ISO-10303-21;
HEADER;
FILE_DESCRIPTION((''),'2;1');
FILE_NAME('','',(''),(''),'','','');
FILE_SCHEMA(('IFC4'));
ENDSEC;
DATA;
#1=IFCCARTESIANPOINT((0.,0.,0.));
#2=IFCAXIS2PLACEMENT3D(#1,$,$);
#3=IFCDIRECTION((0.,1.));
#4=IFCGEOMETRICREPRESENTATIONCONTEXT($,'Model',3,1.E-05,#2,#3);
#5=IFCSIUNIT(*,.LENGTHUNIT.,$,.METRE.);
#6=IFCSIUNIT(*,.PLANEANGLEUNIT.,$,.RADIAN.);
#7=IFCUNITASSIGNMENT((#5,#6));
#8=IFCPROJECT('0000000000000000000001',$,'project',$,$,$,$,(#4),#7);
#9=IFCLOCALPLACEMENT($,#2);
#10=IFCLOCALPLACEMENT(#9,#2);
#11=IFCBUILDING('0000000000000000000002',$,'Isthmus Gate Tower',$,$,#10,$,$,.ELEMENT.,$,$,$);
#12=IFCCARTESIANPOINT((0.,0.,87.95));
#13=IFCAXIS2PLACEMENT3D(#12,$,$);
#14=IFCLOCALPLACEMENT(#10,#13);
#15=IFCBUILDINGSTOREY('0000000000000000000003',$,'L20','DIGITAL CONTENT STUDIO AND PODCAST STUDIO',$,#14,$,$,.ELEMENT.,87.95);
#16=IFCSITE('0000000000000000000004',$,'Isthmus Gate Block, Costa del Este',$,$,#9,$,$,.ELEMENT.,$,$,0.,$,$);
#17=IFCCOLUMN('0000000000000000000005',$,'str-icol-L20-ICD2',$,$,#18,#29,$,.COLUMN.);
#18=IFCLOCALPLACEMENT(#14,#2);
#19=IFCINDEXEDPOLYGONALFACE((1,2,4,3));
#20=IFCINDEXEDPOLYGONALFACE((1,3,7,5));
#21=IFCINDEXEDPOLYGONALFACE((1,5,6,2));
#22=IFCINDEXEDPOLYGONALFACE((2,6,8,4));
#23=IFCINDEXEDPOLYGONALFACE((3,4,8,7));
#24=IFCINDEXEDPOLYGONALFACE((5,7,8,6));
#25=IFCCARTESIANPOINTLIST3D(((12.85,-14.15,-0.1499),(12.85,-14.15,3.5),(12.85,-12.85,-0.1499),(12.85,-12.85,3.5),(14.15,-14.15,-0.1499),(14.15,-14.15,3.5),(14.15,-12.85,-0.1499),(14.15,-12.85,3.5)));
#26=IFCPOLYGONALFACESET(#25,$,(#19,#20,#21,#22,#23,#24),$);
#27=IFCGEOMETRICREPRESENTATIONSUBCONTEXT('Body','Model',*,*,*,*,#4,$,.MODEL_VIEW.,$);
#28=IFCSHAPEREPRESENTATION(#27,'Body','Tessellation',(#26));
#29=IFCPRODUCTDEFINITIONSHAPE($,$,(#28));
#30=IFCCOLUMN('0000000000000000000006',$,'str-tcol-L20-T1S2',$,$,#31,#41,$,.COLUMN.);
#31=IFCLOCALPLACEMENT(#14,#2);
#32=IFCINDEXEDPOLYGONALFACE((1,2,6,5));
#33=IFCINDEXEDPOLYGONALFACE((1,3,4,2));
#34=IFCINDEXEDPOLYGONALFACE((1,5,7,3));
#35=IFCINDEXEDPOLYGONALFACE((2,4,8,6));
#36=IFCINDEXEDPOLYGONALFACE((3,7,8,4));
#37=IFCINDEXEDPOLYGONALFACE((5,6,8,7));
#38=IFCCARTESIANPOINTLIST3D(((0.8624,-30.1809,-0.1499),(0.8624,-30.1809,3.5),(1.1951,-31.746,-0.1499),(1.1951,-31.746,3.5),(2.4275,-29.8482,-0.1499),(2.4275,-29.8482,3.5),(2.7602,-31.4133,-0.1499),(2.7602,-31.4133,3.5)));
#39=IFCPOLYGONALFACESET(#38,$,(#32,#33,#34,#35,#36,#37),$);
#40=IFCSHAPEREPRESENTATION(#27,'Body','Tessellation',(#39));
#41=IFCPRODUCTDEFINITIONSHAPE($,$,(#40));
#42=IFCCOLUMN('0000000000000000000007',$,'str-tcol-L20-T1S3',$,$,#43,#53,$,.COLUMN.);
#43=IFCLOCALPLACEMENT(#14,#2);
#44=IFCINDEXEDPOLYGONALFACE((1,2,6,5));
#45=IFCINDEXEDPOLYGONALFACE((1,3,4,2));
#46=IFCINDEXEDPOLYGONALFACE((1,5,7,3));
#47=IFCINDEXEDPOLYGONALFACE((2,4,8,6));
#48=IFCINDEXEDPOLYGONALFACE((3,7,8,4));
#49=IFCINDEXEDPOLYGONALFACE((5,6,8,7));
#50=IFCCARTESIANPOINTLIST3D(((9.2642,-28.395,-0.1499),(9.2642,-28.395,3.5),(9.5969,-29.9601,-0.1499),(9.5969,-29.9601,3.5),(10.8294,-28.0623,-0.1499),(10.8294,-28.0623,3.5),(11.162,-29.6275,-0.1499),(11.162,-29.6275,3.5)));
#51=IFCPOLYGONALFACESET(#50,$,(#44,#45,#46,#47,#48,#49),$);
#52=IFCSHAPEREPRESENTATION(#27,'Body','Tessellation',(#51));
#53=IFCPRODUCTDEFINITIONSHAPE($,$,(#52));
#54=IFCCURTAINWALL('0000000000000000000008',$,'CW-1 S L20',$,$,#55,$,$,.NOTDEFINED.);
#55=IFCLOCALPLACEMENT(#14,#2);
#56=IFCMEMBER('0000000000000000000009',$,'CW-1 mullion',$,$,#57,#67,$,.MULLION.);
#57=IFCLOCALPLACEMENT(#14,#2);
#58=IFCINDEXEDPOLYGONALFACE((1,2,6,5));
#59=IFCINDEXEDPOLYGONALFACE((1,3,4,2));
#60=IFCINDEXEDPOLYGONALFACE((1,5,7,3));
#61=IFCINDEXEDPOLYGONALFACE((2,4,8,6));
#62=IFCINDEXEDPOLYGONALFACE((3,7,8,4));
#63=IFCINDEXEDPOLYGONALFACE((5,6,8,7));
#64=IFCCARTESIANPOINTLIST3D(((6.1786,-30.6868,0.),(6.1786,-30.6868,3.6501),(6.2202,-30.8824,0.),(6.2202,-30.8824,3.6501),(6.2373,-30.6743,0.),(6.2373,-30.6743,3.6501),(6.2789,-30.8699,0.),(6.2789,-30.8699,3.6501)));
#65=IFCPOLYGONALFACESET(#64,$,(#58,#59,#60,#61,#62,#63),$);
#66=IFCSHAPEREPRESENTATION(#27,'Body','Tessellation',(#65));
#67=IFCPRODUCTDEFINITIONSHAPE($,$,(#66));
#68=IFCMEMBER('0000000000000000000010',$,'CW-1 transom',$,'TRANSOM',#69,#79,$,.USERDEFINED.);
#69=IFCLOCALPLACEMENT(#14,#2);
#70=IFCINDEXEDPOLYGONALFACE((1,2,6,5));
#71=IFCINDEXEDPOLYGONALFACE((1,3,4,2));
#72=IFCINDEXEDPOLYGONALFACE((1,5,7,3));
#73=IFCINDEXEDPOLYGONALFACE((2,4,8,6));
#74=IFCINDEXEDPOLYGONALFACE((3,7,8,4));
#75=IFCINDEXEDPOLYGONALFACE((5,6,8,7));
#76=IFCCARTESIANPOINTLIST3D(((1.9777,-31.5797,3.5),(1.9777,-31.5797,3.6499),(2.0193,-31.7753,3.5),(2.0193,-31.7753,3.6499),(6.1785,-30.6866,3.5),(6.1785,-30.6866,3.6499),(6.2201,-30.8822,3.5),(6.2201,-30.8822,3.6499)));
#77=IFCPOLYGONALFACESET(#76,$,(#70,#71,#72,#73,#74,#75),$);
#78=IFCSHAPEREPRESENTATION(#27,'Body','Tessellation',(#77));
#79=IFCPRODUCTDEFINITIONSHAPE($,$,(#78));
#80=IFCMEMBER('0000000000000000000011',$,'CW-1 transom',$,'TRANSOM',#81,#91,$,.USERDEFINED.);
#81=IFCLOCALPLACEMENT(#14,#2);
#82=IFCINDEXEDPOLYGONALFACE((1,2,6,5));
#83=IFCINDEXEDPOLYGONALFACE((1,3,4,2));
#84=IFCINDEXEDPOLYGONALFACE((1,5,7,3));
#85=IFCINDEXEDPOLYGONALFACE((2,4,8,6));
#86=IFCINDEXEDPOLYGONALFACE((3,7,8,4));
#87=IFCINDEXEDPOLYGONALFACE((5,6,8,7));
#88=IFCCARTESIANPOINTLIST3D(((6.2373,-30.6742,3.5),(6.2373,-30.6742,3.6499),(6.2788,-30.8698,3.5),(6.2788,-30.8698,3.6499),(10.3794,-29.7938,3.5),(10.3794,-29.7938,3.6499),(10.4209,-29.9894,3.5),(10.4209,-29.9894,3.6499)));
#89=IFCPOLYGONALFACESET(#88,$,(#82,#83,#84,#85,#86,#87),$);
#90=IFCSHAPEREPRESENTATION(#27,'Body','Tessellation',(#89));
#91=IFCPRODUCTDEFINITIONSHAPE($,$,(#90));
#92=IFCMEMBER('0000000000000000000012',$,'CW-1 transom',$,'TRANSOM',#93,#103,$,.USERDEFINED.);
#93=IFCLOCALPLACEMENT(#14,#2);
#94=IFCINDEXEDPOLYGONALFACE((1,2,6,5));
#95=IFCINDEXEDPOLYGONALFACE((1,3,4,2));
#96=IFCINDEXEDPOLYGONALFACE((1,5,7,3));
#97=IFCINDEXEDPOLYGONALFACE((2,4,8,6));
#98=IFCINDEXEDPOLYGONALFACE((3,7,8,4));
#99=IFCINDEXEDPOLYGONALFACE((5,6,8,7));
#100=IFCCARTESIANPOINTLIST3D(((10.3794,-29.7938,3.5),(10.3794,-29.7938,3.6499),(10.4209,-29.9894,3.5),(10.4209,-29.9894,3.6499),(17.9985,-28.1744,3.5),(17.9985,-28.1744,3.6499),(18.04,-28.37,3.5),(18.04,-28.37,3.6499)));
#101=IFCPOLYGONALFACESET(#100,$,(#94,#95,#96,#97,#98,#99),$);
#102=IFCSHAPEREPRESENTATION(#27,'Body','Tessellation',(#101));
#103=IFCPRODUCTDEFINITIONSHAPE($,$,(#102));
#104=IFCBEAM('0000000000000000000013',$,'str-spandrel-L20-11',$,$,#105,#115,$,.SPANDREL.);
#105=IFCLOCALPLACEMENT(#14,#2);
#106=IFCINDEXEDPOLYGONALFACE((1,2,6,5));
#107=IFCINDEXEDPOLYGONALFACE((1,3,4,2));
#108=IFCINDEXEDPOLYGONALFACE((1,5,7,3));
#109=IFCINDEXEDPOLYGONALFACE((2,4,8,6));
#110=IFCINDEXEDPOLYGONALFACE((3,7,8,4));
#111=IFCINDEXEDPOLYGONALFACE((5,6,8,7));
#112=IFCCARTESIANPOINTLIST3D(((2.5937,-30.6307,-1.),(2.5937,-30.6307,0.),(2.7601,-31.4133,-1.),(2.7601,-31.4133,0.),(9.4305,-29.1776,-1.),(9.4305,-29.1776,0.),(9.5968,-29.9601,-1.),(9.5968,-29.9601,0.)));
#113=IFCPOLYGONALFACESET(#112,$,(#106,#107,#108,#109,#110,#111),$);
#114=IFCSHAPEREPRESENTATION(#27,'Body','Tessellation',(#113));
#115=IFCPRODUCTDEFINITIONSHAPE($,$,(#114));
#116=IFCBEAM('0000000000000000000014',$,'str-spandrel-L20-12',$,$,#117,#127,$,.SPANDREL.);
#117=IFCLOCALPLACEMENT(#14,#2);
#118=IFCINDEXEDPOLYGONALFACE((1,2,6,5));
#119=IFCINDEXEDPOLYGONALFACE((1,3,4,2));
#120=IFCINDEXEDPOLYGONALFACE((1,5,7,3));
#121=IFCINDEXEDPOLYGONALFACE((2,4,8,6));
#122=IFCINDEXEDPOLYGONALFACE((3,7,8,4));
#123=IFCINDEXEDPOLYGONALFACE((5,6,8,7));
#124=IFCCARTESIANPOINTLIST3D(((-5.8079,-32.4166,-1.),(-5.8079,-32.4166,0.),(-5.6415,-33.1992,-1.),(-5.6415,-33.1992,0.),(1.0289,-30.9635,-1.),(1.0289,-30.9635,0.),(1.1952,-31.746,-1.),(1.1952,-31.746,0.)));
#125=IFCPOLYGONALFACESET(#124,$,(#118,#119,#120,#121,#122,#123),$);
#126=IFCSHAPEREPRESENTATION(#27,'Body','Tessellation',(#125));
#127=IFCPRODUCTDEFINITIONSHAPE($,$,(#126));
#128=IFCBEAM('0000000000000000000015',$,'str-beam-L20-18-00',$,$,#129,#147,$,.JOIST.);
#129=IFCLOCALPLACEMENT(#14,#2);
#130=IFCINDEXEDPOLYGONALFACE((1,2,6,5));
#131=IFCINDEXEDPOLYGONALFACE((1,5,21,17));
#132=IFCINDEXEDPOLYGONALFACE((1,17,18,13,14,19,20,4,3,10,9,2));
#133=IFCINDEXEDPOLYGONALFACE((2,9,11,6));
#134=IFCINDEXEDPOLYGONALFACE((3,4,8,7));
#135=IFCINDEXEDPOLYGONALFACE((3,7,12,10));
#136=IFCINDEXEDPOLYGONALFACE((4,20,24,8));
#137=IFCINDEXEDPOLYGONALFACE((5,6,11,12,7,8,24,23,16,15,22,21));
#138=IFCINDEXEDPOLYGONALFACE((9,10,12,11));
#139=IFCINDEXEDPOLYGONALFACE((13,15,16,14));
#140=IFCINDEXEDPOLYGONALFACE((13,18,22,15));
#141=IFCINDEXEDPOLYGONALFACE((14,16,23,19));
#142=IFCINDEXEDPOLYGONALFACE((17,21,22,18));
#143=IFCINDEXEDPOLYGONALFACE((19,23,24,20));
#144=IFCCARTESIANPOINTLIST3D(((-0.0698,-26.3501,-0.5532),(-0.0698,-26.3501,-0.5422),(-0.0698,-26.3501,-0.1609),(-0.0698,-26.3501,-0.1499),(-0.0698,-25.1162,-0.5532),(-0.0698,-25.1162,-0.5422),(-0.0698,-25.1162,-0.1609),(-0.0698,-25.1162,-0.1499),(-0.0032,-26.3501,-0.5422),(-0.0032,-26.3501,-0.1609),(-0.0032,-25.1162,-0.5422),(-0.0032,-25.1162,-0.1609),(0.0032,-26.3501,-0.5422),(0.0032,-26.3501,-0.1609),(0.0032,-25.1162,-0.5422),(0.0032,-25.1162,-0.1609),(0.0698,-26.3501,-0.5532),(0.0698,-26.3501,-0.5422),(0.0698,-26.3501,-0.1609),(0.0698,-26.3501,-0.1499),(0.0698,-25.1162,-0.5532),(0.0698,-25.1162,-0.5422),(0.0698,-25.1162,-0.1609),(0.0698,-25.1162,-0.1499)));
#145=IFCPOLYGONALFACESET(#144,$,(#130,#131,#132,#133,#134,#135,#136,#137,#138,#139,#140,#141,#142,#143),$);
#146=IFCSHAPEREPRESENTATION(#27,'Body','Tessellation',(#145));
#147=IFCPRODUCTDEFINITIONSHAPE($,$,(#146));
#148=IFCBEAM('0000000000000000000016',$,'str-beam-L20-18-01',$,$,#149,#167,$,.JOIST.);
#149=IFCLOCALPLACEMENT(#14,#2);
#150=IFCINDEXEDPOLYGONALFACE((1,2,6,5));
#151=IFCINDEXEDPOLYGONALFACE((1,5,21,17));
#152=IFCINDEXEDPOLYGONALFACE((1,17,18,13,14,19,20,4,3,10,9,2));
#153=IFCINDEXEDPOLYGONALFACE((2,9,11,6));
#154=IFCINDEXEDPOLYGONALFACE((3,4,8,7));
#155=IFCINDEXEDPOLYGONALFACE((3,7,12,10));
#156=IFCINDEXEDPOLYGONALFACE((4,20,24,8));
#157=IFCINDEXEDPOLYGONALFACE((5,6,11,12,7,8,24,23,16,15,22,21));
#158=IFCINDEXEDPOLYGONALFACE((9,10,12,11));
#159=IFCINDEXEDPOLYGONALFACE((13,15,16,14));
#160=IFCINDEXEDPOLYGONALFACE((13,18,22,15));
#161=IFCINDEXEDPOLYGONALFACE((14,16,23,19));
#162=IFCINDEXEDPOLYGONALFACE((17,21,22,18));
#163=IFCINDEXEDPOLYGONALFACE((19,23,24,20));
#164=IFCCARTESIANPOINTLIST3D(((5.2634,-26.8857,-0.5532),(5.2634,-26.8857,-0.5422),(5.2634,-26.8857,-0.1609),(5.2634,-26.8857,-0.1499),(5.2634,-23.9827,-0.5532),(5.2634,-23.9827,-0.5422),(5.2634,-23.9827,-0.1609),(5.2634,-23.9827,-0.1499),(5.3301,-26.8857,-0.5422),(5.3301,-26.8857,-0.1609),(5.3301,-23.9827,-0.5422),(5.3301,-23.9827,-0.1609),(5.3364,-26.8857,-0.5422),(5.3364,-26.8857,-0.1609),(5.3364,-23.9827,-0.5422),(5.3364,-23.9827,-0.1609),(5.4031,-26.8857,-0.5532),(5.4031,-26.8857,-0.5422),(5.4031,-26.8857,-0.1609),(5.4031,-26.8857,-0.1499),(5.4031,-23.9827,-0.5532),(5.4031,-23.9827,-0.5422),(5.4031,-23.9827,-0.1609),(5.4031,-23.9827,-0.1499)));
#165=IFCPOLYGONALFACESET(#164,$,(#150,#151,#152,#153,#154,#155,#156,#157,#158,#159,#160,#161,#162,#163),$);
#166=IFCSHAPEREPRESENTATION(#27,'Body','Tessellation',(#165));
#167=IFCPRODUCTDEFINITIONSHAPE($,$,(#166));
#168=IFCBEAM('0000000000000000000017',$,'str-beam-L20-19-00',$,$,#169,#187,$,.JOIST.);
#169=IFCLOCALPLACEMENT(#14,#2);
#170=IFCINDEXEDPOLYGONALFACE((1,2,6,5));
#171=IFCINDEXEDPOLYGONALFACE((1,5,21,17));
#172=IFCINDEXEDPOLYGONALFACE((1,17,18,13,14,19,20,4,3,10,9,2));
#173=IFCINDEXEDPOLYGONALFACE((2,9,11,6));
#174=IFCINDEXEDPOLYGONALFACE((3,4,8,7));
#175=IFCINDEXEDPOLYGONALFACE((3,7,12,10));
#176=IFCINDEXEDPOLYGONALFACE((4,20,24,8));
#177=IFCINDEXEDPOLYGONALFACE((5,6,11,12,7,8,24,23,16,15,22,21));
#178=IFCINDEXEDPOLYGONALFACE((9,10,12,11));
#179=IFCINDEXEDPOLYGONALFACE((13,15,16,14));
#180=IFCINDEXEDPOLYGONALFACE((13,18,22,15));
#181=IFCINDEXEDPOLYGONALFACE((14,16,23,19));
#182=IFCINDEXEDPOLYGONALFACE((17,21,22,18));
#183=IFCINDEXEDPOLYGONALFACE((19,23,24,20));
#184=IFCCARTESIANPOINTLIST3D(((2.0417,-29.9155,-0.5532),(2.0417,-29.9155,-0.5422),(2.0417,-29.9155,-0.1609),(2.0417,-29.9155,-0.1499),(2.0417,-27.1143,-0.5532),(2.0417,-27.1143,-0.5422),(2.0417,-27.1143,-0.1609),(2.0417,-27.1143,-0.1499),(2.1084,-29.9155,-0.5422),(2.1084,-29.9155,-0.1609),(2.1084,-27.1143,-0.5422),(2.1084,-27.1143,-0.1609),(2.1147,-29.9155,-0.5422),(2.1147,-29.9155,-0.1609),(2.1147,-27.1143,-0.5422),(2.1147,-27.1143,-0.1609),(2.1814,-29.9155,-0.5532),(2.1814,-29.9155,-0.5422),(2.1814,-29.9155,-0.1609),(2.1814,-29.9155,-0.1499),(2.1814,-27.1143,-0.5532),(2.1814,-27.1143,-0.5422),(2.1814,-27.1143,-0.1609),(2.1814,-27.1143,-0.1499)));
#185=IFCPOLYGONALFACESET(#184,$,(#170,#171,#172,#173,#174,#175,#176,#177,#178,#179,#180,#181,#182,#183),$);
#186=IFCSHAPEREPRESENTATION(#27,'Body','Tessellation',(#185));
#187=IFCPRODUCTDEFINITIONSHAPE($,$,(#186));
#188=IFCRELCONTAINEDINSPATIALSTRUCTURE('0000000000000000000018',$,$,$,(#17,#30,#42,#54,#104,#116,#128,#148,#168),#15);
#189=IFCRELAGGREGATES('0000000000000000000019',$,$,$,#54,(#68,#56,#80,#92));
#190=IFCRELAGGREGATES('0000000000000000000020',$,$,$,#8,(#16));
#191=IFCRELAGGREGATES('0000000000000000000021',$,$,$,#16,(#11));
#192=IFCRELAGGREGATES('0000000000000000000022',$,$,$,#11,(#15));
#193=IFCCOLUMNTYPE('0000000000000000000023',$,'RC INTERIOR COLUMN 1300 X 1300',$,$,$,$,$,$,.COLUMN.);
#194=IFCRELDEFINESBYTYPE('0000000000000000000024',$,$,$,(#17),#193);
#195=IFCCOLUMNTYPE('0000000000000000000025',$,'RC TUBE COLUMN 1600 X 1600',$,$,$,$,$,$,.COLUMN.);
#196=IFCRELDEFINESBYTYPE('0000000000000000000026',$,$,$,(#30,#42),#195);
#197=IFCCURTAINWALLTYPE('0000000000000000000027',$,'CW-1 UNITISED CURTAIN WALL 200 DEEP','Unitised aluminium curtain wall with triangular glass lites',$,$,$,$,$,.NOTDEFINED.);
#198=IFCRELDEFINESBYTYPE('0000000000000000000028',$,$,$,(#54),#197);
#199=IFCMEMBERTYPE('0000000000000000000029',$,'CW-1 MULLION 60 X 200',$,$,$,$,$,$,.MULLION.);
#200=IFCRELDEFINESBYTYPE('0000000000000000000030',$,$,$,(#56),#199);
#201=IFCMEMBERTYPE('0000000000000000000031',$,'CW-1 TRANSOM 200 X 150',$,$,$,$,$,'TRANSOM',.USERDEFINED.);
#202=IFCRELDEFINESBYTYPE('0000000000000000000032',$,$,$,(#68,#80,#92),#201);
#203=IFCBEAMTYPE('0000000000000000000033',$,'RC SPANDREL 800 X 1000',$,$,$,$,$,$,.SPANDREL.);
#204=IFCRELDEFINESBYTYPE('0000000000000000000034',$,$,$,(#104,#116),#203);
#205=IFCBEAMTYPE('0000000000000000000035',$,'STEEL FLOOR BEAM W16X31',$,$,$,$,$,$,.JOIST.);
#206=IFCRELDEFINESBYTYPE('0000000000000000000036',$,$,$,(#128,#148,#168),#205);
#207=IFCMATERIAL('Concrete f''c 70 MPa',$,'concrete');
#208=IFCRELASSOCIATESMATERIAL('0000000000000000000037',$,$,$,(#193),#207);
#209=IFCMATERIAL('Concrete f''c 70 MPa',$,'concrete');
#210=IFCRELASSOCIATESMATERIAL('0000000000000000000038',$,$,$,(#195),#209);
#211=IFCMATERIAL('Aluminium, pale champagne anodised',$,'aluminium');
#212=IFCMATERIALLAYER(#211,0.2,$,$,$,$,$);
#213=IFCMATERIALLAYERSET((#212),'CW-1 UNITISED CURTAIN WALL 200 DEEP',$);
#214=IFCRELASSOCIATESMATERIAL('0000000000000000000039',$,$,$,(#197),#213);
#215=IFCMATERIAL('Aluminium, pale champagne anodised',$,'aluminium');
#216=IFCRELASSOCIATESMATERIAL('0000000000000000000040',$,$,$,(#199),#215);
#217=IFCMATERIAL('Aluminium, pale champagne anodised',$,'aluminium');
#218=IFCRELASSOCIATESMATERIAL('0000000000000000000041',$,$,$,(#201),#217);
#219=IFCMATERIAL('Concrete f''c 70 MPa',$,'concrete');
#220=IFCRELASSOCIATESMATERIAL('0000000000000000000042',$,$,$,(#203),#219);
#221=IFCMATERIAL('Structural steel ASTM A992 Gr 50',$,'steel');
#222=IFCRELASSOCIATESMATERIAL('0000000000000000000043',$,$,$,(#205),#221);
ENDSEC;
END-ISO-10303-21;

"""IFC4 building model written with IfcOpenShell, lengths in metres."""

from ifc_helpers import new_model, si_unit, direction, frame, origin, origin_2d, place, context, subcontext, project, spatial, rectangle, i_section, extrude, material, layer, layer_set, material_profile, profile_set, type_object, element, aggregate, save


model = new_model("IFC4")

# Units and contexts
model_context = context("Model", 3, precision=1e-05, world=origin(), true_north=direction((0.0, 1.0)))
body_context = subcontext(model_context, "Body", "Model", "MODEL_VIEW")
ifc_project = project(units=[si_unit("LENGTHUNIT", "METRE"), si_unit("PLANEANGLEUNIT", "RADIAN")], contexts=[model_context])

# Site, building, storey
site_placement = place(None, origin())
site = spatial("IfcSite", under=ifc_project, at=site_placement, Name="Isthmus Gate Block, Costa del Este", CompositionType="ELEMENT", RefElevation=0.0)
building_placement = place(site_placement, origin())
building = spatial("IfcBuilding", under=site, at=building_placement, Name="Isthmus Gate Tower", CompositionType="ELEMENT")
storey_placement = place(building_placement, frame((0.0, 0.0, 87.95)))
storey = spatial("IfcBuildingStorey", under=building, at=storey_placement, Name="L20", Description="DIGITAL CONTENT STUDIO AND PODCAST STUDIO", CompositionType="ELEMENT", Elevation=87.95)

# Columns
ifc_material_1 = material(Name="Concrete f'c 70 MPa", Category="concrete")
ifc_material_profile_1 = material_profile(ifc_material_1, rectangle(XDim=1.3, YDim=1.3, at=origin_2d()), Name="RC 1300X1300")
ifc_profile_set_1 = profile_set([ifc_material_profile_1], Name="Concrete f'c 70 MPa")
column_type_1 = type_object("IfcColumnType", Name="RC INTERIOR COLUMN 1300 X 1300", PredefinedType="COLUMN", material=ifc_profile_set_1)
column_placement = place(storey_placement, frame((13.5, -13.5, -0.1499), z_axis=(0.0, 0.0, 1.0), x_axis=(1.0, 0.0, 0.0)))
element("IfcColumn", 1, at=column_placement, inside=storey, type_object=column_type_1, Name="str-icol-L20-ICD2", PredefinedType="COLUMN", context=body_context, shape_type="SweptSolid", body=[
    extrude(rectangle(XDim=1.3, YDim=1.3, at=origin_2d()), origin(), (0.0, 0.0, 1.0), 3.6499),
])
ifc_material_2 = material(Name="Concrete f'c 70 MPa", Category="concrete")
ifc_material_profile_2 = material_profile(ifc_material_2, rectangle(XDim=1.6001, YDim=1.6001, at=origin_2d()), Name="RC 1600X1600")
ifc_profile_set_2 = profile_set([ifc_material_profile_2], Name="Concrete f'c 70 MPa")
column_type_2 = type_object("IfcColumnType", Name="RC TUBE COLUMN 1600 X 1600", PredefinedType="COLUMN", material=ifc_profile_set_2)
for number, where, z_axis, x_axis, name in (
    (2, (1.8113, -30.7971, -0.1499), (0.0, 0.0, 1.0), (0.978148, 0.207912, 0.0), "str-tcol-L20-T1S2"),
    (3, (10.2131, -29.0112, -0.1499), (0.0, 0.0, 1.0), (0.978148, 0.207912, 0.0), "str-tcol-L20-T1S3"),
):
    element("IfcColumn", number, at=place(storey_placement, frame(where, z_axis=z_axis, x_axis=x_axis)), inside=storey, type_object=column_type_2, Name=name, PredefinedType="COLUMN", context=body_context, shape_type="SweptSolid", body=[
        extrude(rectangle(XDim=1.6001, YDim=1.6001, at=origin_2d()), origin(), (0.0, 0.0, 1.0), 3.6499),
    ])

# Curtain wall, members
ifc_material_3 = material(Name="Aluminium, pale champagne anodised", Category="aluminium")
ifc_layer_1 = layer(ifc_material_3, 0.2)
ifc_layer_set_1 = layer_set([ifc_layer_1], Name="CW-1 UNITISED CURTAIN WALL 200 DEEP")
curtain_wall_type = type_object("IfcCurtainWallType", Name="CW-1 UNITISED CURTAIN WALL 200 DEEP", Description="Unitised aluminium curtain wall with triangular glass lites", PredefinedType="NOTDEFINED", material=ifc_layer_set_1)
curtain_wall_placement = place(storey_placement, origin())
curtain_wall = element("IfcCurtainWall", 4, at=curtain_wall_placement, inside=storey, type_object=curtain_wall_type, Name="CW-1 S L20", PredefinedType="NOTDEFINED")
ifc_material_4 = material(Name="Aluminium, pale champagne anodised", Category="aluminium")
ifc_material_profile_3 = material_profile(ifc_material_4, rectangle(XDim=0.0601, YDim=0.2, at=origin_2d()), Name="60x200")
ifc_profile_set_3 = profile_set([ifc_material_profile_3], Name="Aluminium, pale champagne anodised")
member_type_1 = type_object("IfcMemberType", Name="CW-1 MULLION 60 X 200", PredefinedType="MULLION", material=ifc_profile_set_3)
member_1_placement = place(storey_placement, frame((6.2288, -30.7783, 0.0), z_axis=(0.0, 0.0, 1.0), x_axis=(0.978148, 0.207912, 0.0)))
member_1 = element("IfcMember", 5, at=member_1_placement, type_object=member_type_1, Name="CW-1 mullion", PredefinedType="MULLION", context=body_context, shape_type="SweptSolid", body=[
    extrude(rectangle(XDim=0.0601, YDim=0.2, at=origin_2d()), origin(), (0.0, 0.0, 1.0), 3.6501),
])
ifc_material_5 = material(Name="Aluminium, pale champagne anodised", Category="aluminium")
ifc_material_profile_4 = material_profile(ifc_material_5, rectangle(XDim=0.2, YDim=0.1499, at=origin_2d()), Name="200x150")
ifc_profile_set_4 = profile_set([ifc_material_profile_4], Name="Aluminium, pale champagne anodised")
member_type_2 = type_object("IfcMemberType", Name="CW-1 TRANSOM 200 X 150", ElementType="TRANSOM", PredefinedType="USERDEFINED", material=ifc_profile_set_4)
member_2_placement = place(storey_placement, frame((1.9985, -31.6775, 3.575), z_axis=(0.978139, 0.207953, 0.0), x_axis=(-0.207953, 0.978139, 0.0)))
member_2 = element("IfcMember", 6, at=member_2_placement, type_object=member_type_2, Name="CW-1 transom", ObjectType="TRANSOM", PredefinedType="USERDEFINED", context=body_context, shape_type="SweptSolid", body=[
    extrude(rectangle(XDim=0.2, YDim=0.1499, at=origin_2d()), origin(), (0.0, 0.0, 1.0), 4.2947),
])
member_3_placement = place(storey_placement, frame((6.2581, -30.772, 3.575), z_axis=(0.97815, 0.207899, 0.0), x_axis=(-0.207899, 0.97815, 0.0)))
member_3 = element("IfcMember", 7, at=member_3_placement, type_object=member_type_2, Name="CW-1 transom", ObjectType="TRANSOM", PredefinedType="USERDEFINED", context=body_context, shape_type="SweptSolid", body=[
    extrude(rectangle(XDim=0.2, YDim=0.1499, at=origin_2d()), origin(), (0.0, 0.0, 1.0), 4.2346),
])
member_4_placement = place(storey_placement, frame((10.4001, -29.8916, 3.575), z_axis=(0.978151, 0.207898, 0.0), x_axis=(-0.207898, 0.978151, 0.0)))
member_4 = element("IfcMember", 8, at=member_4_placement, type_object=member_type_2, Name="CW-1 transom", ObjectType="TRANSOM", PredefinedType="USERDEFINED", context=body_context, shape_type="SweptSolid", body=[
    extrude(rectangle(XDim=0.2, YDim=0.1499, at=origin_2d()), origin(), (0.0, 0.0, 1.0), 7.7893),
])

# Beams
ifc_material_6 = material(Name="Concrete f'c 70 MPa", Category="concrete")
ifc_material_profile_5 = material_profile(ifc_material_6, rectangle(XDim=0.8, YDim=1.0, at=origin_2d()), Name="RC 800X1000")
ifc_profile_set_5 = profile_set([ifc_material_profile_5], Name="Concrete f'c 70 MPa")
beam_type_1 = type_object("IfcBeamType", Name="RC SPANDREL 800 X 1000", PredefinedType="SPANDREL", material=ifc_profile_set_5)
for number, where, z_axis, x_axis, name in (
    (9, (9.5137, -29.5688, -0.5), (-0.978149, -0.207904, 0.0), (0.207904, -0.978149, 0.0), "str-spandrel-L20-11"),
    (10, (1.1121, -31.3547, -0.5), (-0.978149, -0.207904, 0.0), (0.207904, -0.978149, 0.0), "str-spandrel-L20-12"),
):
    element("IfcBeam", number, at=place(storey_placement, frame(where, z_axis=z_axis, x_axis=x_axis)), inside=storey, type_object=beam_type_1, Name=name, PredefinedType="SPANDREL", context=body_context, shape_type="SweptSolid", body=[
        extrude(rectangle(XDim=0.8, YDim=1.0, at=origin_2d()), origin(), (0.0, 0.0, 1.0), 6.9895),
    ])
ifc_material_7 = material(Name="Structural steel ASTM A992 Gr 50", Category="steel")
ifc_material_profile_6 = material_profile(ifc_material_7, i_section(OverallWidth=0.1396, OverallDepth=0.4033, WebThickness=0.0063, FlangeThickness=0.011, at=origin_2d()), Name="W16X31")
ifc_profile_set_6 = profile_set([ifc_material_profile_6], Name="Structural steel ASTM A992 Gr 50")
beam_type_2 = type_object("IfcBeamType", Name="STEEL FLOOR BEAM W16X31", PredefinedType="JOIST", material=ifc_profile_set_6)
beam_1_placement = place(storey_placement, frame((0.0, -26.3501, -0.3516), z_axis=(0.0, 1.0, 0.0), x_axis=(-1.0, 0.0, 0.0)))
element("IfcBeam", 11, at=beam_1_placement, inside=storey, type_object=beam_type_2, Name="str-beam-L20-18-00", PredefinedType="JOIST", context=body_context, shape_type="SweptSolid", body=[
    extrude(i_section(OverallWidth=0.1396, OverallDepth=0.4033, WebThickness=0.0063, FlangeThickness=0.011, at=origin_2d()), origin(), (0.0, 0.0, 1.0), 1.2339),
])
beam_2_placement = place(storey_placement, frame((5.3333, -26.8857, -0.3516), z_axis=(0.0, 1.0, 0.0), x_axis=(-1.0, 0.0, 0.0)))
element("IfcBeam", 12, at=beam_2_placement, inside=storey, type_object=beam_type_2, Name="str-beam-L20-18-01", PredefinedType="JOIST", context=body_context, shape_type="SweptSolid", body=[
    extrude(i_section(OverallWidth=0.1396, OverallDepth=0.4033, WebThickness=0.0063, FlangeThickness=0.011, at=origin_2d()), origin(), (0.0, 0.0, 1.0), 2.9031),
])
beam_3_placement = place(storey_placement, frame((2.1116, -29.9155, -0.3516), z_axis=(0.0, 1.0, 0.0), x_axis=(-1.0, 0.0, 0.0)))
element("IfcBeam", 13, at=beam_3_placement, inside=storey, type_object=beam_type_2, Name="str-beam-L20-19-00", PredefinedType="JOIST", context=body_context, shape_type="SweptSolid", body=[
    extrude(i_section(OverallWidth=0.1396, OverallDepth=0.4033, WebThickness=0.0063, FlangeThickness=0.011, at=origin_2d()), origin(), (0.0, 0.0, 1.0), 2.8013),
])

aggregate(curtain_wall, [member_2, member_1, member_3, member_4])

save(model, "model.ifc")
